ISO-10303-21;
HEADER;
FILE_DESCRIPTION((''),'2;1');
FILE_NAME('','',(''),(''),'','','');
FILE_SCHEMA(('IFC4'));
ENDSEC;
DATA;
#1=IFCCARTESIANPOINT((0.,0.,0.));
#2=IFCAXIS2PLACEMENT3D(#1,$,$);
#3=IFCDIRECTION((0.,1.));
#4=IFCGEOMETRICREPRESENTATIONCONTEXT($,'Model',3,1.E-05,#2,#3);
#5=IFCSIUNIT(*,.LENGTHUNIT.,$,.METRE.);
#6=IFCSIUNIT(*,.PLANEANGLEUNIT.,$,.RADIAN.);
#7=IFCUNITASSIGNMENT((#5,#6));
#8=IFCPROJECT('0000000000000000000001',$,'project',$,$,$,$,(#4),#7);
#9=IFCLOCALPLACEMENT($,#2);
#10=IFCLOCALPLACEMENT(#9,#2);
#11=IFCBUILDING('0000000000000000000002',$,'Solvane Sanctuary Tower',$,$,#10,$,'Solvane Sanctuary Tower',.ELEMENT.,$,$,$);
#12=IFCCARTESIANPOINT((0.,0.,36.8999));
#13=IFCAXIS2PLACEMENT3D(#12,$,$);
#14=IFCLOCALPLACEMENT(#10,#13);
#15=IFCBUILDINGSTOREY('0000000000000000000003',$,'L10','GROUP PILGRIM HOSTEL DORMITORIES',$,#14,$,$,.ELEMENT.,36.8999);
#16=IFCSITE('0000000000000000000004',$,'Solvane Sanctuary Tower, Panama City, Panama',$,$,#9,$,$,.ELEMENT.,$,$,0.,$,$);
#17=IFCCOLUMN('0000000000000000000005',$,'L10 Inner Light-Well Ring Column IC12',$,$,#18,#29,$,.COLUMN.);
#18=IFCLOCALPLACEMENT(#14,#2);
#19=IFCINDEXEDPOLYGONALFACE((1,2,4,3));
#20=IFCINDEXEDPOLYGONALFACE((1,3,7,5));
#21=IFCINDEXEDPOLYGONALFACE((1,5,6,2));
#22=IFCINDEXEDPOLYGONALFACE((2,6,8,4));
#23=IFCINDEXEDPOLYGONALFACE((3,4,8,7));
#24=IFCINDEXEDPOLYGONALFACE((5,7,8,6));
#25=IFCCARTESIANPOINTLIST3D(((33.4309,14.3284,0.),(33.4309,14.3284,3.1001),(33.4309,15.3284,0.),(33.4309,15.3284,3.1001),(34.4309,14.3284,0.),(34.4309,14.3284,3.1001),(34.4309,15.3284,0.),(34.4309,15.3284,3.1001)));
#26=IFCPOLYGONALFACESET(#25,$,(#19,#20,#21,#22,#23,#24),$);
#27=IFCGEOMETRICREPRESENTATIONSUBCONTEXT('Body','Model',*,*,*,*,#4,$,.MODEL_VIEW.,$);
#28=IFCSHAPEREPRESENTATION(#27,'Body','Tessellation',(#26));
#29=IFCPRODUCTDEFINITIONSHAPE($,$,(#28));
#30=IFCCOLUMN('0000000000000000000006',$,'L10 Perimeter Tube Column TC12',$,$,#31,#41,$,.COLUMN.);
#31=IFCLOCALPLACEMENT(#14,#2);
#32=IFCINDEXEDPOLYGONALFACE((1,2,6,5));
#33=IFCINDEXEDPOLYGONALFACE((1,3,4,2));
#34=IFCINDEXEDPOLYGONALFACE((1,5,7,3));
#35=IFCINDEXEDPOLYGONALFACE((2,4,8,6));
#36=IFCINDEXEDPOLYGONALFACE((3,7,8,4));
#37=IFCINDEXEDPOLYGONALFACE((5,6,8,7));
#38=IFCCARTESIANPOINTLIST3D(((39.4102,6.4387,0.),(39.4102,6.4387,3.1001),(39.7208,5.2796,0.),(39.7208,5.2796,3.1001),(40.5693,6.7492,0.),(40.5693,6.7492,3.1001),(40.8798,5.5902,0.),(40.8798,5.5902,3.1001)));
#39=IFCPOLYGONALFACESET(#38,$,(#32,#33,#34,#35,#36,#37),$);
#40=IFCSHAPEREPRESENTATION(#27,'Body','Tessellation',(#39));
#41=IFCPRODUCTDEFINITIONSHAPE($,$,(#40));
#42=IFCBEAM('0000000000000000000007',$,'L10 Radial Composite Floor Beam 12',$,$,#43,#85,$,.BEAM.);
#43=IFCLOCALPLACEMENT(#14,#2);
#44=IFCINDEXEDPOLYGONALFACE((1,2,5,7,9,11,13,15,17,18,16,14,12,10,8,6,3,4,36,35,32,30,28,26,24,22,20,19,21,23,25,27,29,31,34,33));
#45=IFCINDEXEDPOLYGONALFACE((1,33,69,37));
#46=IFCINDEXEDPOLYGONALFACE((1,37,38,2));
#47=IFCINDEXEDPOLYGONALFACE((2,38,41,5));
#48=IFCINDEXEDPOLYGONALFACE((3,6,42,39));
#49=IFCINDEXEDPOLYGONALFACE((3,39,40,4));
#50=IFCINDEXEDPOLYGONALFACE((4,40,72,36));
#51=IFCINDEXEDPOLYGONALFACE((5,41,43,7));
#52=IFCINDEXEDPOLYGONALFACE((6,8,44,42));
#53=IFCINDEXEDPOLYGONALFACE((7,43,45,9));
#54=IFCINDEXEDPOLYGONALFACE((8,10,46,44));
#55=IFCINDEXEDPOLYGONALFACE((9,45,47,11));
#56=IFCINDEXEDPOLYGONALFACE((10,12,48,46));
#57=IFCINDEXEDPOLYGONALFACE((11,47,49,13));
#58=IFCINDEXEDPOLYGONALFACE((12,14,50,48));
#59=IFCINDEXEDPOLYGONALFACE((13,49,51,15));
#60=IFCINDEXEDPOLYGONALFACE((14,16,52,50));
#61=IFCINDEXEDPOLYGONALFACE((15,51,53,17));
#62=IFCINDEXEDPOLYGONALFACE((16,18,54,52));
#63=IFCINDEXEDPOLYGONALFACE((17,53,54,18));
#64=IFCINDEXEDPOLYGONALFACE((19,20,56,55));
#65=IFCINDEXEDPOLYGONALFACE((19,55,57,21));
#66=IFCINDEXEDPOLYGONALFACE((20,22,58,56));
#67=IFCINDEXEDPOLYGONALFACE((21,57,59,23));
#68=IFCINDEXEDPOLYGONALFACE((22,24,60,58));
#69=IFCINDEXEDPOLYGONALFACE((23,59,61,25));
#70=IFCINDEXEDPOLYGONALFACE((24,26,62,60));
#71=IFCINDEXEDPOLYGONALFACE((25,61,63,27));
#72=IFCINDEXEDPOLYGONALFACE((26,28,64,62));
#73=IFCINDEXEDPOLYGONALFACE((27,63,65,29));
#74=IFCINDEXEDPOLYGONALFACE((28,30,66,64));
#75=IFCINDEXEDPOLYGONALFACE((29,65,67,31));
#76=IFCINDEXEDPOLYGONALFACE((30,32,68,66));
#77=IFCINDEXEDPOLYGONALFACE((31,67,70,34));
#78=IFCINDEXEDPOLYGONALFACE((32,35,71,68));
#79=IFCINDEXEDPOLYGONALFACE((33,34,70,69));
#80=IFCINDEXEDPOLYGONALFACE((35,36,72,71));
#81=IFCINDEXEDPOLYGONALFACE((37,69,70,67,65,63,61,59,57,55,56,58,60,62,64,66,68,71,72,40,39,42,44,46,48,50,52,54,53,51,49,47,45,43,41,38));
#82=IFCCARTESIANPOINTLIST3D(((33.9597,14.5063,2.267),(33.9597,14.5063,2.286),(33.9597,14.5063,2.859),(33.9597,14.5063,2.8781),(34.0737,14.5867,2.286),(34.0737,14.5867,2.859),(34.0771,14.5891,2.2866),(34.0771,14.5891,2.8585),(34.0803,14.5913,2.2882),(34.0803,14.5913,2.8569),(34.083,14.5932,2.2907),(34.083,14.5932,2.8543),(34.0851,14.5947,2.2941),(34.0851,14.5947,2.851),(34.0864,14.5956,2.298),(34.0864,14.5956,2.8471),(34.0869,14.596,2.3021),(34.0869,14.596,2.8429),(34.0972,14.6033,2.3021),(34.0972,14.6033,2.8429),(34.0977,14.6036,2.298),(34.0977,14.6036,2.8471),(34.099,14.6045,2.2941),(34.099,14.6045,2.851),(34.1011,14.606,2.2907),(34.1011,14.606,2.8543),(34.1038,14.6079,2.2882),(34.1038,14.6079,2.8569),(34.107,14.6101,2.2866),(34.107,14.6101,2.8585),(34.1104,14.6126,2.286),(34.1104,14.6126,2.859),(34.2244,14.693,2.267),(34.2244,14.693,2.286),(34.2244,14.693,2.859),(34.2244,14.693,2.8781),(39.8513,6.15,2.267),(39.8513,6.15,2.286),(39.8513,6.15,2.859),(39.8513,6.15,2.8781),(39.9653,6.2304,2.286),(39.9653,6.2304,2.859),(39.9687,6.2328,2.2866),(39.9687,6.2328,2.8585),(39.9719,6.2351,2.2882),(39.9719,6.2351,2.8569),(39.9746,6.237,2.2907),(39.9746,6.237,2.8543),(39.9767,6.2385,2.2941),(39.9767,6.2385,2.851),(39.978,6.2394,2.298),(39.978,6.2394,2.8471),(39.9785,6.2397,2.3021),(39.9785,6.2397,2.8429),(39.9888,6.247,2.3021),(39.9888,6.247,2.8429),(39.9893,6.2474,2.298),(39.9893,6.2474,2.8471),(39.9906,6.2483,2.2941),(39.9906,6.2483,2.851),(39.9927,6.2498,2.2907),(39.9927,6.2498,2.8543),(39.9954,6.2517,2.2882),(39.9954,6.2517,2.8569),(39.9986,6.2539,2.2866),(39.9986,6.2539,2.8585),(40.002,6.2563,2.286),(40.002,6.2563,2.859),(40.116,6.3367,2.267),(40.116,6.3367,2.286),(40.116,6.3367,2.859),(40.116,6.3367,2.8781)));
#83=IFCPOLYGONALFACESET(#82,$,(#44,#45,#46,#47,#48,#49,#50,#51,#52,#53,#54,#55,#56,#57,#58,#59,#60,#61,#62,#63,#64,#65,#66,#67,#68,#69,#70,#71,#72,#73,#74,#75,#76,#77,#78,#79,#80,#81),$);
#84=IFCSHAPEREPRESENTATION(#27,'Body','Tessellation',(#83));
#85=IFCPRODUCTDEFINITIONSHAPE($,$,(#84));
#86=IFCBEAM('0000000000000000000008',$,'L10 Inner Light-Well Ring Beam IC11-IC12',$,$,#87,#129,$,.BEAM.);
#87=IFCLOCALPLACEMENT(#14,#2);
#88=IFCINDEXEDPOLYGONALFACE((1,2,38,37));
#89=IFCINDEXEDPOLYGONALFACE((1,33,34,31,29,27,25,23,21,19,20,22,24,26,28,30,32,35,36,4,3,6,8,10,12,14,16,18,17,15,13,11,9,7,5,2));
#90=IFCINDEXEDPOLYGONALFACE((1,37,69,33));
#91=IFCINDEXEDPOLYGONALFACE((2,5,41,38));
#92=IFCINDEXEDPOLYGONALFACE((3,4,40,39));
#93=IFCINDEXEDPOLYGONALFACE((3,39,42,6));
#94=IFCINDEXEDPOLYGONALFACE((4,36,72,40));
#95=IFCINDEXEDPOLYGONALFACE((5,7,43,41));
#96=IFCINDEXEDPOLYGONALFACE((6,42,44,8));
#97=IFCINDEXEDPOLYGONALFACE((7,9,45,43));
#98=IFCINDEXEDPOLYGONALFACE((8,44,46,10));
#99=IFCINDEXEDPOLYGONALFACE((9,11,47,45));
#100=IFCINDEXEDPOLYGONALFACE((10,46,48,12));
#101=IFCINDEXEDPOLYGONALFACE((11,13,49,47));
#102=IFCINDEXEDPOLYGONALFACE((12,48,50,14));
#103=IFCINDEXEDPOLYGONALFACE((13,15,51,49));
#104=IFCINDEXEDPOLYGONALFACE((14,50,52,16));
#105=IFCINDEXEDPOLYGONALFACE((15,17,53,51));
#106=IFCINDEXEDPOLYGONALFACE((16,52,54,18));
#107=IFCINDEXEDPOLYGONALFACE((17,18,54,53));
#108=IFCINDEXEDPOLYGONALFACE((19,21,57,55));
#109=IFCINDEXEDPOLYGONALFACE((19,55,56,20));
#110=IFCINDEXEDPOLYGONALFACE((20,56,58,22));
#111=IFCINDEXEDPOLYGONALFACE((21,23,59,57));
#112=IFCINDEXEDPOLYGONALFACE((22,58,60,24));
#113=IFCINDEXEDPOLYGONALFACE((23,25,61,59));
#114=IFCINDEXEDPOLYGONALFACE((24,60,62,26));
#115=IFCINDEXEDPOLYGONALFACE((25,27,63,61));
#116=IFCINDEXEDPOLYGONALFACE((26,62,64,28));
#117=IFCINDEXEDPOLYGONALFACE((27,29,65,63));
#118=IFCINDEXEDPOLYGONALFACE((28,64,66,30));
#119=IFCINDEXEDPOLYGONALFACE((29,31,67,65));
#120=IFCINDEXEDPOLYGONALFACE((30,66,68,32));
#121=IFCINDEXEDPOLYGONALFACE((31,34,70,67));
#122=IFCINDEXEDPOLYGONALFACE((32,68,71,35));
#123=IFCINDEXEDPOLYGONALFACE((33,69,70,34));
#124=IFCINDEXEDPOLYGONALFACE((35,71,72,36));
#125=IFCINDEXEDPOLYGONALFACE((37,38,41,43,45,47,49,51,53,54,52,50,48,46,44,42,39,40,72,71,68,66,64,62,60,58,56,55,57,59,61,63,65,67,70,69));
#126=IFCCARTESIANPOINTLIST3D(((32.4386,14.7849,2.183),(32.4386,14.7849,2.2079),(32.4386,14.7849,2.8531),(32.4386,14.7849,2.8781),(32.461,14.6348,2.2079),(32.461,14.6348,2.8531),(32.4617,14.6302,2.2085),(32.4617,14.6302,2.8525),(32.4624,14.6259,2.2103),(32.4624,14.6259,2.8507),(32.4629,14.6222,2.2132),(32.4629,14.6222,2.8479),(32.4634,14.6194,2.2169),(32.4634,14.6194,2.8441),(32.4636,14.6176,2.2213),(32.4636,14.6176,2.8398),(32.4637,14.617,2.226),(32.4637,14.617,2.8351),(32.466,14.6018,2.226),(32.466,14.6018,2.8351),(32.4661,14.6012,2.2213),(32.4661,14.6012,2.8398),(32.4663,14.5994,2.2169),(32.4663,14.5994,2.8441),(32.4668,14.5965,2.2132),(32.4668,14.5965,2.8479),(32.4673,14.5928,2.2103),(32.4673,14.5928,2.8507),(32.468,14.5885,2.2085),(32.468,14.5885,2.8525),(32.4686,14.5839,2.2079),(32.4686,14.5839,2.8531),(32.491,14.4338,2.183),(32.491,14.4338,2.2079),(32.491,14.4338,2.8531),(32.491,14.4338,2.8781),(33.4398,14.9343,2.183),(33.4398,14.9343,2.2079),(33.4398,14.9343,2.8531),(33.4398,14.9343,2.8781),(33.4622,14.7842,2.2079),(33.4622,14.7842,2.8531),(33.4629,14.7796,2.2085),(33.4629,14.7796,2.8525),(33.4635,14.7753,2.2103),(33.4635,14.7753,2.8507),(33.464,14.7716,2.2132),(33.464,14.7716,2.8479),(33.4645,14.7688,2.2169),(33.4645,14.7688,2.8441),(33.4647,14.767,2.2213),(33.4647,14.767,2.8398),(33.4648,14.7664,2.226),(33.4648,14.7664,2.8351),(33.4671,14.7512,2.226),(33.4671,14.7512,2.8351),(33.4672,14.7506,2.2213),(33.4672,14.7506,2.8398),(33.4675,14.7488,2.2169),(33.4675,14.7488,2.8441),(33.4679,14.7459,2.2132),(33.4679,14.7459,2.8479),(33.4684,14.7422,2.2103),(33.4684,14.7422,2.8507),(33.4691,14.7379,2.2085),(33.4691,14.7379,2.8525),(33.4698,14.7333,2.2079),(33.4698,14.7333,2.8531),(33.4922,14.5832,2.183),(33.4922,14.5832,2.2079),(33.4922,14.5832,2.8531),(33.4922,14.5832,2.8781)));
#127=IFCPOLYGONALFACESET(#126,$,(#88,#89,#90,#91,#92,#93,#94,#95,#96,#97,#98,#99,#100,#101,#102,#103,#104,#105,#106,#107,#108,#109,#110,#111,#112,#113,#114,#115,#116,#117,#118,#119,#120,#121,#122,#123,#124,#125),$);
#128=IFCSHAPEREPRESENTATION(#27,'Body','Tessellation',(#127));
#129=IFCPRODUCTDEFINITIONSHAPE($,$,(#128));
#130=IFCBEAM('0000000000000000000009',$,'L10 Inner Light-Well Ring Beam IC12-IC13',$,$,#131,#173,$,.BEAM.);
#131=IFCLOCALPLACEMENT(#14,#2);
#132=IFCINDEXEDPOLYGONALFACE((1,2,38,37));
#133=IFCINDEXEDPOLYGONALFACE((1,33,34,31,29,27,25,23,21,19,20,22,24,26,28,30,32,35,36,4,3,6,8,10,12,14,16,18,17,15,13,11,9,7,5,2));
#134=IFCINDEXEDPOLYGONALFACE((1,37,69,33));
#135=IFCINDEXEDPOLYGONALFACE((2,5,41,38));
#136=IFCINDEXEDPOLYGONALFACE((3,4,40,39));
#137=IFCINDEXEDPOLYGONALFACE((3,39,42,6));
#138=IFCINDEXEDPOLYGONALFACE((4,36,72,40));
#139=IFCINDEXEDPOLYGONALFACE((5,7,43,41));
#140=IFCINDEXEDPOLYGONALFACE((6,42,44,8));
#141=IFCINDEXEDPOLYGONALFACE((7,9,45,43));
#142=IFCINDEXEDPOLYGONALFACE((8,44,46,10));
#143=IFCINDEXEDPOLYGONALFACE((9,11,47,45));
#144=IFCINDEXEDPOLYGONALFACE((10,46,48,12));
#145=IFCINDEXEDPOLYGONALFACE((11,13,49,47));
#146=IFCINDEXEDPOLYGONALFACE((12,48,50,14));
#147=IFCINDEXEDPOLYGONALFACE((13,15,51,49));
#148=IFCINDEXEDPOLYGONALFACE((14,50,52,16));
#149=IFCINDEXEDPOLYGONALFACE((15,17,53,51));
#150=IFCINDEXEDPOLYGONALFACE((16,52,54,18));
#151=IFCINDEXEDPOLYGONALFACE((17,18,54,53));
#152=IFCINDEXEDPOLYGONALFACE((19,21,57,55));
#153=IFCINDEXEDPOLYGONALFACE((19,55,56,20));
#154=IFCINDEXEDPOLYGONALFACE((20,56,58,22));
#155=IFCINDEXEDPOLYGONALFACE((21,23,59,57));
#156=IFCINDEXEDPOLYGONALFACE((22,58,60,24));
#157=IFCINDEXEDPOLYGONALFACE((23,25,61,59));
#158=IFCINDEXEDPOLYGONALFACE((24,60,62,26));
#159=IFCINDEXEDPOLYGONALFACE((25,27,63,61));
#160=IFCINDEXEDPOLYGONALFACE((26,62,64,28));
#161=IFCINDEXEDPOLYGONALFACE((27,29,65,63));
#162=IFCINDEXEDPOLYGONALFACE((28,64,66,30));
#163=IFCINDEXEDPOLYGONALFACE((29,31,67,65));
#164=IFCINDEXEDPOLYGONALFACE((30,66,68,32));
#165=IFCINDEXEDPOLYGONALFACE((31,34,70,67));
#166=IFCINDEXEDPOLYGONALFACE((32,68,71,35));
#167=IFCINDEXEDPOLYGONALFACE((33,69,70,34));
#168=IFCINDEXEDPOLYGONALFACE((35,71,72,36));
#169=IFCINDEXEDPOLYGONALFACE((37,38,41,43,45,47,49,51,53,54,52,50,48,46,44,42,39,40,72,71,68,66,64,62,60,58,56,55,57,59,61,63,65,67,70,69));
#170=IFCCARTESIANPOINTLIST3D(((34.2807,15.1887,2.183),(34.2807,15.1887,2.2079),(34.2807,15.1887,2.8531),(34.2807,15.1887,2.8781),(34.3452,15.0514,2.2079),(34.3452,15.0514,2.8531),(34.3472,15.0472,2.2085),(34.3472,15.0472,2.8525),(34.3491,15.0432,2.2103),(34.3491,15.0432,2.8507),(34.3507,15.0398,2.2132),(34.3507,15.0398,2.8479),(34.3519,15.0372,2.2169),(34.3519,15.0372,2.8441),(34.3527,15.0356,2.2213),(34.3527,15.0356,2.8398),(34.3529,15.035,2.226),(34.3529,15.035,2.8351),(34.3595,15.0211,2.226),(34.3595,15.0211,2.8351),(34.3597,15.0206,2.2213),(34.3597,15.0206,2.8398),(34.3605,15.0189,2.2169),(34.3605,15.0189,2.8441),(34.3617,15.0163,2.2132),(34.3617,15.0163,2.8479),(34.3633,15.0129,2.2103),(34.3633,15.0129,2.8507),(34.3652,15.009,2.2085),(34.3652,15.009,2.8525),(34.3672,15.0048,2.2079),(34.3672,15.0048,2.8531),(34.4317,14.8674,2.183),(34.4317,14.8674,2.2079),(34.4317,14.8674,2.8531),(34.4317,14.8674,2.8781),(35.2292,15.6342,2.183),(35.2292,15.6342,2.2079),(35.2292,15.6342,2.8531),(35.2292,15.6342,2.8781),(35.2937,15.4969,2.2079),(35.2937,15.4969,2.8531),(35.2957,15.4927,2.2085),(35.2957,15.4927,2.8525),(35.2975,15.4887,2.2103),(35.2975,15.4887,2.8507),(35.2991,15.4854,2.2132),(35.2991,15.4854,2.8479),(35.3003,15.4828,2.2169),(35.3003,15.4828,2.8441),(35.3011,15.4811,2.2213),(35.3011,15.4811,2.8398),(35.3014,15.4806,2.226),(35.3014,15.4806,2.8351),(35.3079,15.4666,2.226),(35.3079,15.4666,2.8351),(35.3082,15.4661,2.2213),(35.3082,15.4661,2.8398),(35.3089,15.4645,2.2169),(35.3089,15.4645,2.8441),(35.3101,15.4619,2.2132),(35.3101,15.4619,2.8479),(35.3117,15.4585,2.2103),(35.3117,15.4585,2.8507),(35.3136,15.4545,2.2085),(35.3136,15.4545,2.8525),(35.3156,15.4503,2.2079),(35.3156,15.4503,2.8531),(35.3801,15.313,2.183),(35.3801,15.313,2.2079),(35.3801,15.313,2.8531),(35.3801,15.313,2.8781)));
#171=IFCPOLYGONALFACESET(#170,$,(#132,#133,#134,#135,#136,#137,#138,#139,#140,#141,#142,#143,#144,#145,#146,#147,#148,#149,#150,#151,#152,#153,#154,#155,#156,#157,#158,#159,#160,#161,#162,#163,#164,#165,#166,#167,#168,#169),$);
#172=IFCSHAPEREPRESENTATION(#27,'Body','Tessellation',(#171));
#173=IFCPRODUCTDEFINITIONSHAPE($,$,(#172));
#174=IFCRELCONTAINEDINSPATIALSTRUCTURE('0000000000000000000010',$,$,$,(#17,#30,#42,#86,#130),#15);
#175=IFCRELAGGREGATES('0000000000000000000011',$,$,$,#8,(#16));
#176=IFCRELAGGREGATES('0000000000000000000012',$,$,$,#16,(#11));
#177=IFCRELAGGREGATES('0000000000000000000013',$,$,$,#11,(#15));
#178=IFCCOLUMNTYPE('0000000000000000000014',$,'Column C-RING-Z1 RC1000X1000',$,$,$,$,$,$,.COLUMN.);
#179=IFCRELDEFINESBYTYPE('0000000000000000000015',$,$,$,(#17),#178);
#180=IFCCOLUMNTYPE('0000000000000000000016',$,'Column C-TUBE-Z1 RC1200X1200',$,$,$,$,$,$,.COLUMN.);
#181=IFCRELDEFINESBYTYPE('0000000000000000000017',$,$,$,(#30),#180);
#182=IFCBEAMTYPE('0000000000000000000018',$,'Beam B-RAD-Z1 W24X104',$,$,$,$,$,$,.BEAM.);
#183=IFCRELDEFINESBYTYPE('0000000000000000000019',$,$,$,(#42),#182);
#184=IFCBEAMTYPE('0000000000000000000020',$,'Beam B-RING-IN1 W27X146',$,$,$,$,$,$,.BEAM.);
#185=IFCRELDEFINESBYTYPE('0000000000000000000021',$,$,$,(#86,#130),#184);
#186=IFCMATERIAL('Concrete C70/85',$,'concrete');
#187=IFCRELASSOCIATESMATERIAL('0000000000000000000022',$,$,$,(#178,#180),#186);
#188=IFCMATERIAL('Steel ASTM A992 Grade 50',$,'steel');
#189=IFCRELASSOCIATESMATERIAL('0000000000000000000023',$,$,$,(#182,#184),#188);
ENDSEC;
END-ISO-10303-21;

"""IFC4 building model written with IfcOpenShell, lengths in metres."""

from ifc_helpers import new_model, si_unit, direction, frame, origin, origin_2d, place, context, subcontext, project, spatial, rectangle, i_section, extrude, material, material_profile, profile_set, type_object, element, save


model = new_model("IFC4")

# Units and contexts
model_context = context("Model", 3, precision=1e-05, world=origin(), true_north=direction((0.0, 1.0)))
body_context = subcontext(model_context, "Body", "Model", "MODEL_VIEW")
ifc_project = project(units=[si_unit("LENGTHUNIT", "METRE"), si_unit("PLANEANGLEUNIT", "RADIAN")], contexts=[model_context])

# Site, building, storey
site_placement = place(None, origin())
site = spatial("IfcSite", under=ifc_project, at=site_placement, Name="Solvane Sanctuary Tower, Panama City, Panama", CompositionType="ELEMENT", RefElevation=0.0)
building_placement = place(site_placement, origin())
building = spatial("IfcBuilding", under=site, at=building_placement, Name="Solvane Sanctuary Tower", LongName="Solvane Sanctuary Tower", CompositionType="ELEMENT")
storey_placement = place(building_placement, frame((0.0, 0.0, 36.8999)))
storey = spatial("IfcBuildingStorey", under=building, at=storey_placement, Name="L10", Description="GROUP PILGRIM HOSTEL DORMITORIES", CompositionType="ELEMENT", Elevation=36.8999)

# Columns
ifc_material_1 = material(Name="Concrete C70/85", Category="concrete")
ifc_material_profile_1 = material_profile(ifc_material_1, rectangle(XDim=1.0, YDim=1.0, at=origin_2d()), Name="RC1000X1000")
ifc_profile_set_1 = profile_set([ifc_material_profile_1], Name="Concrete C70/85")
column_type_1 = type_object("IfcColumnType", Name="Column C-RING-Z1 RC1000X1000", PredefinedType="COLUMN", material=ifc_profile_set_1)
column_1_placement = place(storey_placement, frame((33.9309, 14.8284, 0.0), z_axis=(0.0, 0.0, 1.0), x_axis=(1.0, 0.0, 0.0)))
element("IfcColumn", 1, at=column_1_placement, inside=storey, type_object=column_type_1, Name="L10 Inner Light-Well Ring Column IC12", PredefinedType="COLUMN", context=body_context, shape_type="SweptSolid", body=[
    extrude(rectangle(XDim=1.0, YDim=1.0, at=origin_2d()), origin(), (0.0, 0.0, 1.0), 3.1001),
])
ifc_material_profile_2 = material_profile(ifc_material_1, rectangle(XDim=1.2, YDim=1.2, at=origin_2d()), Name="RC1200X1200")
ifc_profile_set_2 = profile_set([ifc_material_profile_2], Name="Concrete C70/85")
column_type_2 = type_object("IfcColumnType", Name="Column C-TUBE-Z1 RC1200X1200", PredefinedType="COLUMN", material=ifc_profile_set_2)
column_2_placement = place(storey_placement, frame((40.145, 6.0144, 0.0), z_axis=(0.0, 0.0, 1.0), x_axis=(0.258819, -0.965926, 0.0)))
element("IfcColumn", 2, at=column_2_placement, inside=storey, type_object=column_type_2, Name="L10 Perimeter Tube Column TC12", PredefinedType="COLUMN", context=body_context, shape_type="SweptSolid", body=[
    extrude(rectangle(XDim=1.2, YDim=1.2, at=origin_2d()), origin(), (0.0, 0.0, 1.0), 3.1001),
])

# Beams
ifc_material_2 = material(Name="Steel ASTM A992 Grade 50", Category="steel")
ifc_material_profile_3 = material_profile(ifc_material_2, i_section(OverallWidth=0.324, OverallDepth=0.6111, WebThickness=0.0127, FlangeThickness=0.019, FilletRadius=0.0161, at=origin_2d()), Name="W24X104")
ifc_profile_set_3 = profile_set([ifc_material_profile_3], Name="Steel ASTM A992 Grade 50")
beam_type_1 = type_object("IfcBeamType", Name="Beam B-RAD-Z1 W24X104", PredefinedType="BEAM", material=ifc_profile_set_3)
beam_1_placement = place(storey_placement, frame((34.092, 14.5996, 2.5725), z_axis=(0.576233, -0.817285, 0.0), x_axis=(0.817285, 0.576233, 0.0)))
element("IfcBeam", 3, at=beam_1_placement, inside=storey, type_object=beam_type_1, Name="L10 Radial Composite Floor Beam 12", PredefinedType="BEAM", context=body_context, shape_type="SweptSolid", body=[
    extrude(i_section(OverallWidth=0.324, OverallDepth=0.6111, WebThickness=0.0127, FlangeThickness=0.019, FilletRadius=0.0161, at=origin_2d()), origin(), (0.0, 0.0, 1.0), 10.2244),
])
ifc_material_profile_4 = material_profile(ifc_material_2, i_section(OverallWidth=0.355, OverallDepth=0.6951, WebThickness=0.0154, FlangeThickness=0.0249, FilletRadius=0.0181, at=origin_2d()), Name="W27X146")
ifc_profile_set_4 = profile_set([ifc_material_profile_4], Name="Steel ASTM A992 Grade 50")
beam_type_2 = type_object("IfcBeamType", Name="Beam B-RING-IN1 W27X146", PredefinedType="BEAM", material=ifc_profile_set_4)
beam_2_placement = place(storey_placement, frame((32.4648, 14.6094, 2.5305), z_axis=(0.989048, 0.147597, 0.0), x_axis=(-0.147597, 0.989048, 0.0)))
element("IfcBeam", 4, at=beam_2_placement, inside=storey, type_object=beam_type_2, Name="L10 Inner Light-Well Ring Beam IC11-IC12", PredefinedType="BEAM", context=body_context, shape_type="SweptSolid", body=[
    extrude(i_section(OverallWidth=0.355, OverallDepth=0.6951, WebThickness=0.0154, FlangeThickness=0.0249, FilletRadius=0.0181, at=origin_2d()), origin(), (0.0, 0.0, 1.0), 1.0122),
])
beam_3_placement = place(storey_placement, frame((34.3562, 15.0281, 2.5305), z_axis=(0.905109, 0.42518, 0.0), x_axis=(-0.42518, 0.905109, 0.0)))
element("IfcBeam", 5, at=beam_3_placement, inside=storey, type_object=beam_type_2, Name="L10 Inner Light-Well Ring Beam IC12-IC13", PredefinedType="BEAM", context=body_context, shape_type="SweptSolid", body=[
    extrude(i_section(OverallWidth=0.355, OverallDepth=0.6951, WebThickness=0.0154, FlangeThickness=0.0249, FilletRadius=0.0181, at=origin_2d()), origin(), (0.0, 0.0, 1.0), 1.0479),
])

save(model, "model.ifc")
